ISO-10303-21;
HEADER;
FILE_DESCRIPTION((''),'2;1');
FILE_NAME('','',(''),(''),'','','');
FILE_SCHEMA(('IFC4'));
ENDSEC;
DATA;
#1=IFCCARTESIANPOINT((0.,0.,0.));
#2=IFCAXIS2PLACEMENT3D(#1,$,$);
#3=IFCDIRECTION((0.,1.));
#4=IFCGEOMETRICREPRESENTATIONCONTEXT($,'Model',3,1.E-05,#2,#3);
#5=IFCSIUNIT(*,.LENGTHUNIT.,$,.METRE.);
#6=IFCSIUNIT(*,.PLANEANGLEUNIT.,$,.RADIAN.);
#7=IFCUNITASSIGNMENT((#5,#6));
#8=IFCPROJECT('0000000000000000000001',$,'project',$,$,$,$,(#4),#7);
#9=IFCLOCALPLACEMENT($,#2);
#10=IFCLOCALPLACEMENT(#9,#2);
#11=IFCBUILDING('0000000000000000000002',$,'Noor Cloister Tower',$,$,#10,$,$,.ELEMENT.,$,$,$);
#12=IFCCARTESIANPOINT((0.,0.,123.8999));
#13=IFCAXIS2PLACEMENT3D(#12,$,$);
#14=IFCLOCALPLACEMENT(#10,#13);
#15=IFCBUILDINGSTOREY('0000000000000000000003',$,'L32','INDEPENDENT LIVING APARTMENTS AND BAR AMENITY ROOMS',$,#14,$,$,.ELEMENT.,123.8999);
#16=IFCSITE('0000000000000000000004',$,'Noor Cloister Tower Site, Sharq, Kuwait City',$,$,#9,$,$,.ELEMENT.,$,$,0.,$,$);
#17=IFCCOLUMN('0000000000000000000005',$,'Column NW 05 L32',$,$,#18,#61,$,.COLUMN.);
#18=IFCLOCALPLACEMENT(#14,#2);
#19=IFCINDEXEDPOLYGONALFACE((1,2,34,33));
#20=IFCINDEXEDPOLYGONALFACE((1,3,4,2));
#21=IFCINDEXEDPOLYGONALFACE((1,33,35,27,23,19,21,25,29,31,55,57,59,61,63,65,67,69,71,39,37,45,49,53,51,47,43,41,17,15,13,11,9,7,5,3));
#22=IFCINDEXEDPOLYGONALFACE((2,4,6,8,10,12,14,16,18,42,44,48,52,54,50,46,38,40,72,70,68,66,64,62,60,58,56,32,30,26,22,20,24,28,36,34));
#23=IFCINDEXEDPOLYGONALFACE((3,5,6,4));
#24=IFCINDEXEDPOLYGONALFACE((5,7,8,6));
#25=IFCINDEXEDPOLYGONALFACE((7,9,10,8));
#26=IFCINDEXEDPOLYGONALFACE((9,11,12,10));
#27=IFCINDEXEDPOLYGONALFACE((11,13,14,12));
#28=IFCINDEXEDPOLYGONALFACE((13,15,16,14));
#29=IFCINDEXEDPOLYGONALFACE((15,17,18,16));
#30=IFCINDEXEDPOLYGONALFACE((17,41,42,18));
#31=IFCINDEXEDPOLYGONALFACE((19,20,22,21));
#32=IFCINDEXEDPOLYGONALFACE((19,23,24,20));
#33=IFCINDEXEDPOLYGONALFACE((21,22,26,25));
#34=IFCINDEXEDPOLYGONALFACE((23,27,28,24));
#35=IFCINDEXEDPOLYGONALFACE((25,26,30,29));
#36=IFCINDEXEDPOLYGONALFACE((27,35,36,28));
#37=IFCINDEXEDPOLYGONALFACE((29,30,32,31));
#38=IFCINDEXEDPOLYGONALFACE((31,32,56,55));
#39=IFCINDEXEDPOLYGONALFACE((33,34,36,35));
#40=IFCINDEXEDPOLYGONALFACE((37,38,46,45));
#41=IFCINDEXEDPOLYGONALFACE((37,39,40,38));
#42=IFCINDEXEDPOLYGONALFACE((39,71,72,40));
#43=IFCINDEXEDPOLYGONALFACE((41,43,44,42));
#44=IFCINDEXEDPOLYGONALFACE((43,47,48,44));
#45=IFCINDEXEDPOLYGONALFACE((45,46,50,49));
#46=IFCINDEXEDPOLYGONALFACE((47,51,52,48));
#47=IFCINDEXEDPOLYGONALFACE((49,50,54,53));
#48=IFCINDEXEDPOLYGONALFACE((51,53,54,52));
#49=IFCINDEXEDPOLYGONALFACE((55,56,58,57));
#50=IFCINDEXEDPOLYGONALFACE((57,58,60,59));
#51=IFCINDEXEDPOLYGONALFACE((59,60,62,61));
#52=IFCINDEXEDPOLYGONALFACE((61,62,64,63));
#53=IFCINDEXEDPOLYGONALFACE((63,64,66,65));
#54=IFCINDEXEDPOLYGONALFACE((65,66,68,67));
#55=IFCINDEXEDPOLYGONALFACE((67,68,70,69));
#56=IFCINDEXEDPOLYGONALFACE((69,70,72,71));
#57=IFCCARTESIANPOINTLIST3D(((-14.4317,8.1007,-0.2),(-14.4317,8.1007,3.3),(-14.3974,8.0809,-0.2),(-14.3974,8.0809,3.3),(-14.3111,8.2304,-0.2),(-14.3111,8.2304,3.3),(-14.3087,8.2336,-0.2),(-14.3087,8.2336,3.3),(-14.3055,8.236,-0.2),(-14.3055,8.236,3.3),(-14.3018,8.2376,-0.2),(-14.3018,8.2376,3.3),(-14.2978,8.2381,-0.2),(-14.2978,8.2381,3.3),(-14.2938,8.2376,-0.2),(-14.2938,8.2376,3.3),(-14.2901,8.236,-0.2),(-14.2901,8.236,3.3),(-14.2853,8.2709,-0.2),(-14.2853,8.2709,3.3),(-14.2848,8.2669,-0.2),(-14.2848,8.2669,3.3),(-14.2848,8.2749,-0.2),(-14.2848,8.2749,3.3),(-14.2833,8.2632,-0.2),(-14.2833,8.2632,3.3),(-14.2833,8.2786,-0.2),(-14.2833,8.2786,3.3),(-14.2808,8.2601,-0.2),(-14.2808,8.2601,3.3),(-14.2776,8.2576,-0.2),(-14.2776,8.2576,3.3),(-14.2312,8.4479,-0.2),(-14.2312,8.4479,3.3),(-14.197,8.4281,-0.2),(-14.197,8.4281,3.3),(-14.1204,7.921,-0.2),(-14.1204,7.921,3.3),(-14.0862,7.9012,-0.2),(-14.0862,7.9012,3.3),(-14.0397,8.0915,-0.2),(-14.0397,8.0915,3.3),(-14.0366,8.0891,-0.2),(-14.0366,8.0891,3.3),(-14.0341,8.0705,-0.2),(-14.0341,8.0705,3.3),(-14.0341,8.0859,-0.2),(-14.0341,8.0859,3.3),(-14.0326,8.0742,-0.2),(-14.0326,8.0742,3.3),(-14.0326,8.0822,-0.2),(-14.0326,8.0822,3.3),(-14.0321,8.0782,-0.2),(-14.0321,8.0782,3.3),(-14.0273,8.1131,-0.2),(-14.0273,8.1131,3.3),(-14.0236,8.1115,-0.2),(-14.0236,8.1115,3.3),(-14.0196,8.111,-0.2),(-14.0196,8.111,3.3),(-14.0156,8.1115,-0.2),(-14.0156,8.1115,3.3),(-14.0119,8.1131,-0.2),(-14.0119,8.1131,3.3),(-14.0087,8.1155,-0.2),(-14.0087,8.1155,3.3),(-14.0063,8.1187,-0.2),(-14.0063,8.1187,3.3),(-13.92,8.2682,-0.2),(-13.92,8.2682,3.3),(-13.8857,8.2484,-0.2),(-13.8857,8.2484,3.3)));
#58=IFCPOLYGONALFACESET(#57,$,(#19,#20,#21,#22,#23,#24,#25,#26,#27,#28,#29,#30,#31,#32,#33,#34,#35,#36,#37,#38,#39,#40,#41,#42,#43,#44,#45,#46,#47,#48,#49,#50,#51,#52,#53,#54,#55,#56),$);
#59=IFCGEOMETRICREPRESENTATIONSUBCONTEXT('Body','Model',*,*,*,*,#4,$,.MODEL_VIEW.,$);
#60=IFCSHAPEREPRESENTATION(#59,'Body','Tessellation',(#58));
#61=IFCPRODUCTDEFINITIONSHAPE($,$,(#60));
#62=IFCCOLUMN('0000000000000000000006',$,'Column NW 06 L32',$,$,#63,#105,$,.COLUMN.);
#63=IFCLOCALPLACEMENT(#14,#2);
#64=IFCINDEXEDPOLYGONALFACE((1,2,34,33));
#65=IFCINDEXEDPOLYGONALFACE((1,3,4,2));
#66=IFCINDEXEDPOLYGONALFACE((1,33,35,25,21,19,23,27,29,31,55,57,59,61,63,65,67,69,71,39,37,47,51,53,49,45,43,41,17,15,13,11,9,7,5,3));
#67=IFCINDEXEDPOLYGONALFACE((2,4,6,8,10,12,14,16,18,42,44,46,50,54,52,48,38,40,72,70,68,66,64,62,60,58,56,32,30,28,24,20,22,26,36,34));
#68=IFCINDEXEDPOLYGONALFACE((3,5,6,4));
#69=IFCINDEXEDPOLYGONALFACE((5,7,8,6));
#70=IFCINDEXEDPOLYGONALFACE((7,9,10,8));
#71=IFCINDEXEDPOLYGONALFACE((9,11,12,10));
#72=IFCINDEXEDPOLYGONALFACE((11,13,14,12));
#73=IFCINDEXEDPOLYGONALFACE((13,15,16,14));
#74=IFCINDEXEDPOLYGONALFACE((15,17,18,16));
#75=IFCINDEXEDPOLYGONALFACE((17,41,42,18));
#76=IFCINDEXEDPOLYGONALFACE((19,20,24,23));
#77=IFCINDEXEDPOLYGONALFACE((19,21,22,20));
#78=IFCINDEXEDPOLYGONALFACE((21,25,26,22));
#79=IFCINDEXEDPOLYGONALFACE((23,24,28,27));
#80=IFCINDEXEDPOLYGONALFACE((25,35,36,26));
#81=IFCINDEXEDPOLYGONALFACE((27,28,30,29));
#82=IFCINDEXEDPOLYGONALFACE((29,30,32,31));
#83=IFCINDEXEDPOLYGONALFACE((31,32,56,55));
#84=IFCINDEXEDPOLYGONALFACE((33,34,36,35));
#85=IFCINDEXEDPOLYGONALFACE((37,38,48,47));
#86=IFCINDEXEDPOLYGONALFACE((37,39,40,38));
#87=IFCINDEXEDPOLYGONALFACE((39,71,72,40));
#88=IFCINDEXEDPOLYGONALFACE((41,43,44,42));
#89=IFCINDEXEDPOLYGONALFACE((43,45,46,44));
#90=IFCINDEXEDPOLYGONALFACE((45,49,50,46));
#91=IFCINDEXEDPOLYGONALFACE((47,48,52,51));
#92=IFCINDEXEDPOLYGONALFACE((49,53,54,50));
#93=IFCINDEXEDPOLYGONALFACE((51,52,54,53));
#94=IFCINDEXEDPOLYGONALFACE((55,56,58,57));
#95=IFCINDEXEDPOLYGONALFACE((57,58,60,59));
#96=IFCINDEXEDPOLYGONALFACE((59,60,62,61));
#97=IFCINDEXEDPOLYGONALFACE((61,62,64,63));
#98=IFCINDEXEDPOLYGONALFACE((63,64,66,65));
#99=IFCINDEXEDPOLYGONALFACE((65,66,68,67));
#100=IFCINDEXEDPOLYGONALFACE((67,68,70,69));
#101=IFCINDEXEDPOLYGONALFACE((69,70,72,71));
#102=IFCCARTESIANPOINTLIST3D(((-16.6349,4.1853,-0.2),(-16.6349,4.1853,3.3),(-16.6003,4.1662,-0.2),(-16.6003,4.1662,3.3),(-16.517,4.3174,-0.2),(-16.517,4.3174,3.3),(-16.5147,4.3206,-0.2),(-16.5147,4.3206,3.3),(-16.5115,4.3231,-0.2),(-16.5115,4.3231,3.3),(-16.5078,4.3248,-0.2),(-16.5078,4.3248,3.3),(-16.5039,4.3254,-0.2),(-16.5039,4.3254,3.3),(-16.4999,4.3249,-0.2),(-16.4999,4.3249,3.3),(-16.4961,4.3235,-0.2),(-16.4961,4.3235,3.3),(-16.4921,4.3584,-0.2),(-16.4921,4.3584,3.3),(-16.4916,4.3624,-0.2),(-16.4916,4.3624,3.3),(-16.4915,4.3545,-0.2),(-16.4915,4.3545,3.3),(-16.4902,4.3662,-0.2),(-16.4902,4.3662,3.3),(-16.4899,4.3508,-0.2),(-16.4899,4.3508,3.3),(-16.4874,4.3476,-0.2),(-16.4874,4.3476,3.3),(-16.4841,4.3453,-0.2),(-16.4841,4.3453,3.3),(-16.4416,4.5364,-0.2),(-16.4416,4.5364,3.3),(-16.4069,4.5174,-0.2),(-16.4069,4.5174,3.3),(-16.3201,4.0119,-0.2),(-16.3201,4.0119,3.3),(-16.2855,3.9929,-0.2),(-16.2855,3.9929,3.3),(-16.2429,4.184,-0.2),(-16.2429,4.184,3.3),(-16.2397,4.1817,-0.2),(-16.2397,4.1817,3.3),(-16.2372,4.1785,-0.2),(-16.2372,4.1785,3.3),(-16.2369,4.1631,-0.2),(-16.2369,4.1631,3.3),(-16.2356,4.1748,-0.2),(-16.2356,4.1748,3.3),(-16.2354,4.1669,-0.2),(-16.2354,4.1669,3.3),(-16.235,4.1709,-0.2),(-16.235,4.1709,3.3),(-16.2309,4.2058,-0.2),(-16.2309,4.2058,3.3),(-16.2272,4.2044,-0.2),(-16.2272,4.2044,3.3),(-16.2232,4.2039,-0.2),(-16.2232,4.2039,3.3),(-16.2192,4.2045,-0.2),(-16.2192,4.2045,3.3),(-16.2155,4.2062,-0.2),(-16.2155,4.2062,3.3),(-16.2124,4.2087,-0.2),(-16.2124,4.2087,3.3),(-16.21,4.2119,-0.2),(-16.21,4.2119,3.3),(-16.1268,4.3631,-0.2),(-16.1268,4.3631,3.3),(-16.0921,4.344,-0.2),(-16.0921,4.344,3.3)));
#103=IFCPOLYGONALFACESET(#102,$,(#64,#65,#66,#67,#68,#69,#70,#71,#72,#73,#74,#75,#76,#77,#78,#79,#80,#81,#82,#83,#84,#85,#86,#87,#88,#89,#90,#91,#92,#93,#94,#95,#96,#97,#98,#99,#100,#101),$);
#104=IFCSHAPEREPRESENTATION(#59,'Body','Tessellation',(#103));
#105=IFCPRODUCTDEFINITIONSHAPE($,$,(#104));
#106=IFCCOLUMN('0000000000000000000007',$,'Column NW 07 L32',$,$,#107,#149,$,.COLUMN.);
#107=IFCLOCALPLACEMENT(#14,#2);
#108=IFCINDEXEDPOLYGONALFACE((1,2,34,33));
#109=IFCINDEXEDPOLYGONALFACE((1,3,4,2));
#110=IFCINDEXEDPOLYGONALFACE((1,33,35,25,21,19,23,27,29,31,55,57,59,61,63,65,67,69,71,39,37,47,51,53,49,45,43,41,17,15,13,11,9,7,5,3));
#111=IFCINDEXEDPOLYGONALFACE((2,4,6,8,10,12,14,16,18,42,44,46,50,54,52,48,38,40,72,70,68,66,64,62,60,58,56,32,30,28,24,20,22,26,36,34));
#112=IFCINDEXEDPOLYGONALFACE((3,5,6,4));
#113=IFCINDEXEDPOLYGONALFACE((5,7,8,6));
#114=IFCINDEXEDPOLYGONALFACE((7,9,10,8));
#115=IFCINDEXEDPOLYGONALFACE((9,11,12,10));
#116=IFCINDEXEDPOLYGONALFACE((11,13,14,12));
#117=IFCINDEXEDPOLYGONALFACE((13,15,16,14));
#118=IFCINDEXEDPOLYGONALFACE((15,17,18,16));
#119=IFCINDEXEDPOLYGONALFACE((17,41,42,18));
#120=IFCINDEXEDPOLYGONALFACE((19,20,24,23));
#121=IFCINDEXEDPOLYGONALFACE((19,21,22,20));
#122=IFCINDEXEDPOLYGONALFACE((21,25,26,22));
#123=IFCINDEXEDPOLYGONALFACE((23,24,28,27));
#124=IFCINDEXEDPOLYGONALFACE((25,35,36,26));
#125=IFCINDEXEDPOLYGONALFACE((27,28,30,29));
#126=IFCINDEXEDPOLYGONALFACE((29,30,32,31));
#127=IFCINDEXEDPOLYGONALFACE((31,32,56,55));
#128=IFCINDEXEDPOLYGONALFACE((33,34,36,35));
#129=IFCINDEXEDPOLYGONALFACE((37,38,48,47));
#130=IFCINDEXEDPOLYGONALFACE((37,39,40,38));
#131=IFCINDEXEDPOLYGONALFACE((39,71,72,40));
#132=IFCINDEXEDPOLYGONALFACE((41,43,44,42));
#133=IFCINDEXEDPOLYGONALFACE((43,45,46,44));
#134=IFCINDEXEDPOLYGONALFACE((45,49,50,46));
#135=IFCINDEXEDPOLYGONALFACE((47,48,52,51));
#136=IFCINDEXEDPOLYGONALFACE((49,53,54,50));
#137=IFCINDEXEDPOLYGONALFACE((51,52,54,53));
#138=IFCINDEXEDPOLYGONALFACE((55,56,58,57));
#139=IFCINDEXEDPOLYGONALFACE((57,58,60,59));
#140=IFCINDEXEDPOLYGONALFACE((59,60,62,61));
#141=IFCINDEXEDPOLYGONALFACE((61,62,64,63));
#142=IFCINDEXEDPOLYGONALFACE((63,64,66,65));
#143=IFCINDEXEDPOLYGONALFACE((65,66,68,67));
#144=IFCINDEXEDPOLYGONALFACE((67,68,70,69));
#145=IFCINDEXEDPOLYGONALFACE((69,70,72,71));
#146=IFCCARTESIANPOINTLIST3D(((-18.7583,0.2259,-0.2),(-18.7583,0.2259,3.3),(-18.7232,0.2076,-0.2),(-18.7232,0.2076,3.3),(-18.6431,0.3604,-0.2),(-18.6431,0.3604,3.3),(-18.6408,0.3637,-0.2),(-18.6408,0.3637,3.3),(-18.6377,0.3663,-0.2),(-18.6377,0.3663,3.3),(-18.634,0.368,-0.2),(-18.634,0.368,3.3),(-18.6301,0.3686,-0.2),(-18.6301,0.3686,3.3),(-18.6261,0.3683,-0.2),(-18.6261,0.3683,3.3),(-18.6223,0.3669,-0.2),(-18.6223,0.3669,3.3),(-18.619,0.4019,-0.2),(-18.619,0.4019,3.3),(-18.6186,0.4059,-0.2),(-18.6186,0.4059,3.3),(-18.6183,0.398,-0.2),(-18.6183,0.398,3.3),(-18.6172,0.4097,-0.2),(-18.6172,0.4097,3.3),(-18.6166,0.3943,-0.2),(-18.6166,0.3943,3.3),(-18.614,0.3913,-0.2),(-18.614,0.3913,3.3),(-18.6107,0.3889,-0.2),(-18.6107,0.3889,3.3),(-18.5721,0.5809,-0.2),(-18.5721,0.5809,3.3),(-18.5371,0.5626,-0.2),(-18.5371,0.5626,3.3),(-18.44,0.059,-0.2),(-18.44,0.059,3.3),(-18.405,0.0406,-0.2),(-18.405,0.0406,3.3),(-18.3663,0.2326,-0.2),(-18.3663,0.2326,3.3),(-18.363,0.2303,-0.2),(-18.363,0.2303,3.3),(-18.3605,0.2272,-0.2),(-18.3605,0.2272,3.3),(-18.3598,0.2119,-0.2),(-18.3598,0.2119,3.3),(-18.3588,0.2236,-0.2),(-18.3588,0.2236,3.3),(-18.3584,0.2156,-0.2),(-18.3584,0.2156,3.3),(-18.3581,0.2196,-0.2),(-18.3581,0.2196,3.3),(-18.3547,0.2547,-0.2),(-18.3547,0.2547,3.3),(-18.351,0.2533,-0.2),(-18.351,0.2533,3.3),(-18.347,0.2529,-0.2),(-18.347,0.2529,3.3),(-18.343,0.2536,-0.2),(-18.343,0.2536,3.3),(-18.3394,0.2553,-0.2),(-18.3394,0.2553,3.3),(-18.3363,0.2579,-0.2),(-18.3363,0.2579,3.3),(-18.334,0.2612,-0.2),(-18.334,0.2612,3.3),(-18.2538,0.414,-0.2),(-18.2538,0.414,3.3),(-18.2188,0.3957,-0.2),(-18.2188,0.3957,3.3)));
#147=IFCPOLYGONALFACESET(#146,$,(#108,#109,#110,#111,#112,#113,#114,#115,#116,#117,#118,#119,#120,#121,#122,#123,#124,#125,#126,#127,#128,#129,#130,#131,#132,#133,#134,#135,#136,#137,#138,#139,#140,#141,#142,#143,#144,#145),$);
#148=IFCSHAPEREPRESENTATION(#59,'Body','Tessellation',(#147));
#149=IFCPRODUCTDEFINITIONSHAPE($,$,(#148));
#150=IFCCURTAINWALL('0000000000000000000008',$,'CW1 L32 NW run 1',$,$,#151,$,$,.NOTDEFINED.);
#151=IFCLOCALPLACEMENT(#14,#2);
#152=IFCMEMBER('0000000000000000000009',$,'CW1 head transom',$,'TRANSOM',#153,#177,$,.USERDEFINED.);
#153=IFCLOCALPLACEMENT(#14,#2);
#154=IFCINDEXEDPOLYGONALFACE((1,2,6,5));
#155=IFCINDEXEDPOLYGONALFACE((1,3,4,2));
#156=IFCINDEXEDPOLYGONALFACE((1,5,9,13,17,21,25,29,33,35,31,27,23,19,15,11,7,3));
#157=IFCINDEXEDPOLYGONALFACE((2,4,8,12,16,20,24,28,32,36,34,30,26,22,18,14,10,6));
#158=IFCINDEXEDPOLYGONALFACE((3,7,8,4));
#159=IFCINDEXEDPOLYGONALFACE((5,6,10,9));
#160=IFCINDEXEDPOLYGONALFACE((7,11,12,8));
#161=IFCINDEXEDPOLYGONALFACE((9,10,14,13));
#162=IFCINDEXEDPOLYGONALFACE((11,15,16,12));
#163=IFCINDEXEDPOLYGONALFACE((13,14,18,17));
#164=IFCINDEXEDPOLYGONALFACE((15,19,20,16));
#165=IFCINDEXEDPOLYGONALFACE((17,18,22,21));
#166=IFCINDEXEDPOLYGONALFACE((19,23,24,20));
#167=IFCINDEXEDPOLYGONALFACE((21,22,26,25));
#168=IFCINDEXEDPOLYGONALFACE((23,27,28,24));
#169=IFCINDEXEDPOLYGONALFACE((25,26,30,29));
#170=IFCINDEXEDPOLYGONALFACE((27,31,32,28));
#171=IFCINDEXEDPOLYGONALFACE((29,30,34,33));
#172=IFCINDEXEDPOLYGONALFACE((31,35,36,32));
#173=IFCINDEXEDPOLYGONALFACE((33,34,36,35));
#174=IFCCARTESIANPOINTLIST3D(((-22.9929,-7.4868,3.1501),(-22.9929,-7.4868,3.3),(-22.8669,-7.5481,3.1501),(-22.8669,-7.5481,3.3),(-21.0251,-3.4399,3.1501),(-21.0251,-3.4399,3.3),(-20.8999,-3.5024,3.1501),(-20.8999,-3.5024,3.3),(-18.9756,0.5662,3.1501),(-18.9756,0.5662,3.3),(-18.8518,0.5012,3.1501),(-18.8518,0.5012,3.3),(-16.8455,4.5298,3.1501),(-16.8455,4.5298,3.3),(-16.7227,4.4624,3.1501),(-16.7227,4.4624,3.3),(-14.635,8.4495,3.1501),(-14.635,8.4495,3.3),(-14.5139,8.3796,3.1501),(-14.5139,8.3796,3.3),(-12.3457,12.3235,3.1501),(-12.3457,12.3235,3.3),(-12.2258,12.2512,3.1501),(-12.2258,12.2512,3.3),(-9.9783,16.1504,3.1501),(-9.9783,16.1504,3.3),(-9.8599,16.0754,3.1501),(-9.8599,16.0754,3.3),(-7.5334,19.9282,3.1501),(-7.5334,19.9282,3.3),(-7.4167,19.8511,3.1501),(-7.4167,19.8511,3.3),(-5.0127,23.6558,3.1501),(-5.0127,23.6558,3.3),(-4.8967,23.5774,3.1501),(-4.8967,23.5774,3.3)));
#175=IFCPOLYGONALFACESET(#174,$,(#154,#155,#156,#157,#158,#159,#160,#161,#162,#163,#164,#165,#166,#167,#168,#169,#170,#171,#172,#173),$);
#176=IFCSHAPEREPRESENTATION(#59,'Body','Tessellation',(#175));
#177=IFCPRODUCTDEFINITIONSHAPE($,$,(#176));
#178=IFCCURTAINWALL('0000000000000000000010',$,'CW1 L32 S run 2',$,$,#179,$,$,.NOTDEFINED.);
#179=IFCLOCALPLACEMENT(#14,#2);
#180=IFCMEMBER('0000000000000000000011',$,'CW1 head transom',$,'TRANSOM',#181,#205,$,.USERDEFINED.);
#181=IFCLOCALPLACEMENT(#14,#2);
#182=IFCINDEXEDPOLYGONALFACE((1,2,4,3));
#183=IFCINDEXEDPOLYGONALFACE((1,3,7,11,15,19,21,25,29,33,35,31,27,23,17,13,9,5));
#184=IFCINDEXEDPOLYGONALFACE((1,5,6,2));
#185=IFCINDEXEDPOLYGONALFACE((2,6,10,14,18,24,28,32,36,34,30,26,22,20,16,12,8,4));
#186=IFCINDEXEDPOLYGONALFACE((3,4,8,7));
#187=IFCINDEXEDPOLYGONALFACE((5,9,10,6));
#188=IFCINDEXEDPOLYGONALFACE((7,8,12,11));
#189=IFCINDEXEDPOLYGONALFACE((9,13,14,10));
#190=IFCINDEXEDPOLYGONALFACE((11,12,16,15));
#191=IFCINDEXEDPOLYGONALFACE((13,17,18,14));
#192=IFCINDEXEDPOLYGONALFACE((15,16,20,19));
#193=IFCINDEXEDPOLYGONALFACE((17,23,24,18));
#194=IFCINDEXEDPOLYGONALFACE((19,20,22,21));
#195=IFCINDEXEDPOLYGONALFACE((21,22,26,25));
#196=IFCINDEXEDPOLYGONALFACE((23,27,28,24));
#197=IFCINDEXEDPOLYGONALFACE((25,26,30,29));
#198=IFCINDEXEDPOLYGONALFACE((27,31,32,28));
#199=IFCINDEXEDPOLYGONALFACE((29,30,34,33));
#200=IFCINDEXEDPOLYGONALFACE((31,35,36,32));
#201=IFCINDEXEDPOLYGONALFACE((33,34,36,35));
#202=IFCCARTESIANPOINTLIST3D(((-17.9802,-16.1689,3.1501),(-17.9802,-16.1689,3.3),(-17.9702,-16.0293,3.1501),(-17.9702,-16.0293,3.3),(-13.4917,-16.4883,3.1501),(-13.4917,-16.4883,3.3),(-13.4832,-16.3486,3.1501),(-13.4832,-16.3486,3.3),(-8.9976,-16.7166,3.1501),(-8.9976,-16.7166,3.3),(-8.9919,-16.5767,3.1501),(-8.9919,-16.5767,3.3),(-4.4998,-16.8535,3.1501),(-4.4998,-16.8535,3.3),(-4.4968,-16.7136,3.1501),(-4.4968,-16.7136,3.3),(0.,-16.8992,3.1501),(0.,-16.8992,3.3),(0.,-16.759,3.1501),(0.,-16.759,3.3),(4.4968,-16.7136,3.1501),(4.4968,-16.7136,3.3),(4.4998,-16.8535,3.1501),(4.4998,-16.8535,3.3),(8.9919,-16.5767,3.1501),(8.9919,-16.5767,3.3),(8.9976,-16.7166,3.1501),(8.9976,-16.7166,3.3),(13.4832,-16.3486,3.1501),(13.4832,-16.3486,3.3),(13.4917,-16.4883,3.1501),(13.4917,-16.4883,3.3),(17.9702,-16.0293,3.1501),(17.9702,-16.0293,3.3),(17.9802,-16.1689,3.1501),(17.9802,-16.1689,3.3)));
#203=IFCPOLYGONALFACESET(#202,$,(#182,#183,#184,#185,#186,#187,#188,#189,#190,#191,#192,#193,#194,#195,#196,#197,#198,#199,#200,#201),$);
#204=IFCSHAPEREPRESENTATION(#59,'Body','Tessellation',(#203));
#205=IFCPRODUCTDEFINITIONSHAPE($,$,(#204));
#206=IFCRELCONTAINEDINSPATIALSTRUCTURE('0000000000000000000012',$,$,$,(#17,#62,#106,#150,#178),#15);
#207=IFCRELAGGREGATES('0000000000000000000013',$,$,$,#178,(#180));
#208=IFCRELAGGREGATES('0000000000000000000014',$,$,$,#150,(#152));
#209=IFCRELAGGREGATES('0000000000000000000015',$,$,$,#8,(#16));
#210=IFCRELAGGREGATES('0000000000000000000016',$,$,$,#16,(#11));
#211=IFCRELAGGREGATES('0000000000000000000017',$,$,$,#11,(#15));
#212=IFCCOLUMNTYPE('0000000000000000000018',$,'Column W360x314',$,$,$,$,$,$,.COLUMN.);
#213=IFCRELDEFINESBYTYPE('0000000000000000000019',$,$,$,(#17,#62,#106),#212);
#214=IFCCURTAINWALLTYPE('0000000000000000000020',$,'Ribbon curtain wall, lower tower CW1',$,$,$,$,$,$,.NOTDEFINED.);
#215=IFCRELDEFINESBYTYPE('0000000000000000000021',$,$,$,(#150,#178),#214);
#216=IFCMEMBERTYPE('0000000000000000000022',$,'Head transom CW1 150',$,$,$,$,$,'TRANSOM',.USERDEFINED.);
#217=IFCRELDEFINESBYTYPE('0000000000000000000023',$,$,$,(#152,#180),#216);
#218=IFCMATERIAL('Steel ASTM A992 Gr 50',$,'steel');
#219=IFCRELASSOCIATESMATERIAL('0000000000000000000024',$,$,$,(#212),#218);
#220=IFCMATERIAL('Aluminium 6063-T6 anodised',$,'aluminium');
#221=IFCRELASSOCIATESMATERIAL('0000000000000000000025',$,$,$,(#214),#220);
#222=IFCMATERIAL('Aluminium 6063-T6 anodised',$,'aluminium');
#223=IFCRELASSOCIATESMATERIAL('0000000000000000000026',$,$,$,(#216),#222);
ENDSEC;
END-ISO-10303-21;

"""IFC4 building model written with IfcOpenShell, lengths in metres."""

from ifc_helpers import new_model, si_unit, direction, frame, origin, origin_2d, place, context, subcontext, project, spatial, polyline, i_section, outline, extrude, material, material_profile, profile_set, type_object, element, aggregate, save


model = new_model("IFC4")

# Units and contexts
model_context = context("Model", 3, precision=1e-05, world=origin(), true_north=direction((0.0, 1.0)))
body_context = subcontext(model_context, "Body", "Model", "MODEL_VIEW")
ifc_project = project(units=[si_unit("LENGTHUNIT", "METRE"), si_unit("PLANEANGLEUNIT", "RADIAN")], contexts=[model_context])

# Site, building, storey
site_placement = place(None, origin())
site = spatial("IfcSite", under=ifc_project, at=site_placement, Name="Noor Cloister Tower Site, Sharq, Kuwait City", CompositionType="ELEMENT", RefElevation=0.0)
building_placement = place(site_placement, origin())
building = spatial("IfcBuilding", under=site, at=building_placement, Name="Noor Cloister Tower", CompositionType="ELEMENT")
storey_placement = place(building_placement, frame((0.0, 0.0, 123.8999)))
storey = spatial("IfcBuildingStorey", under=building, at=storey_placement, Name="L32", Description="INDEPENDENT LIVING APARTMENTS AND BAR AMENITY ROOMS", CompositionType="ELEMENT", Elevation=123.8999)

# Columns
ifc_material_1 = material(Name="Steel ASTM A992 Gr 50", Category="steel")
ifc_material_profile_1 = material_profile(ifc_material_1, i_section(OverallWidth=0.4009, OverallDepth=0.3989, WebThickness=0.0249, FlangeThickness=0.0396, FilletRadius=0.0154, at=origin_2d()), Name="W360x314")
ifc_profile_set_1 = profile_set([ifc_material_profile_1], Name="Steel ASTM A992 Gr 50")
column_type = type_object("IfcColumnType", Name="Column W360x314", PredefinedType="COLUMN", material=ifc_profile_set_1)
for number, where, z_axis, x_axis, name in (
    (1, (-14.1587, 8.1746, -0.2), (0.0, 0.0, 1.0), (-0.5, -0.866025, 0.0), "Column NW 05 L32"),
    (2, (-16.3635, 4.2646, -0.2), (0.0, 0.0, 1.0), (-0.482322, -0.875994, 0.0), "Column NW 06 L32"),
    (3, (-18.4885, 0.3108, -0.2), (0.0, 0.0, 1.0), (-0.464446, -0.885601, 0.0), "Column NW 07 L32"),
):
    element("IfcColumn", number, at=place(storey_placement, frame(where, z_axis=z_axis, x_axis=x_axis)), inside=storey, type_object=column_type, Name=name, PredefinedType="COLUMN", context=body_context, shape_type="SweptSolid", body=[
        extrude(i_section(OverallWidth=0.4009, OverallDepth=0.3989, WebThickness=0.0249, FlangeThickness=0.0396, FilletRadius=0.0154, at=origin_2d()), origin(), (0.0, 0.0, 1.0), 3.5),
    ])

# Curtain walls, members
ifc_material_2 = material(Name="Aluminium 6063-T6 anodised", Category="aluminium")
curtain_wall_type = type_object("IfcCurtainWallType", Name="Ribbon curtain wall, lower tower CW1", PredefinedType="NOTDEFINED", material=ifc_material_2)
curtain_wall_1_placement = place(storey_placement, origin())
curtain_wall_1 = element("IfcCurtainWall", 4, at=curtain_wall_1_placement, inside=storey, type_object=curtain_wall_type, Name="CW1 L32 NW run 1", PredefinedType="NOTDEFINED")
ifc_material_3 = material(Name="Aluminium 6063-T6 anodised", Category="aluminium")
member_type_1 = type_object("IfcMemberType", Name="Head transom CW1 150", ElementType="TRANSOM", PredefinedType="USERDEFINED", material=ifc_material_3)
member_1_placement = place(storey_placement, frame((0.0, 0.0, 3.1501)))
member_1 = element("IfcMember", 5, at=member_1_placement, type_object=member_type_1, Name="CW1 head transom", ObjectType="TRANSOM", PredefinedType="USERDEFINED", context=body_context, shape_type="SweptSolid", body=[
    extrude(outline(polyline([(-5.0127, 23.6558), (-7.5334, 19.9282), (-9.9783, 16.1504), (-12.3457, 12.3235), (-14.635, 8.4495), (-16.8455, 4.5298), (-18.9756, 0.5662), (-21.0251, -3.4399), (-22.9929, -7.4868), (-22.8669, -7.5481), (-20.8999, -3.5024), (-18.8518, 0.5012), (-16.7227, 4.4624), (-14.5139, 8.3796), (-12.2258, 12.2512), (-9.8599, 16.0754), (-7.4167, 19.8511), (-4.8967, 23.5774), (-5.0127, 23.6558)])), origin(), (0.0, 0.0, 1.0), 0.1499),
])
curtain_wall_2_placement = place(storey_placement, origin())
curtain_wall_2 = element("IfcCurtainWall", 6, at=curtain_wall_2_placement, inside=storey, type_object=curtain_wall_type, Name="CW1 L32 S run 2", PredefinedType="NOTDEFINED")
member_2_placement = place(storey_placement, frame((0.0, 0.0, 3.1501)))
member_2 = element("IfcMember", 7, at=member_2_placement, type_object=member_type_1, Name="CW1 head transom", ObjectType="TRANSOM", PredefinedType="USERDEFINED", context=body_context, shape_type="SweptSolid", body=[
    extrude(outline(polyline([(-17.9802, -16.1689), (-13.4917, -16.4883), (-8.9976, -16.7166), (-4.4998, -16.8535), (0.0, -16.8992), (4.4998, -16.8535), (8.9976, -16.7166), (13.4917, -16.4883), (17.9802, -16.1689), (17.9702, -16.0293), (13.4832, -16.3486), (8.9919, -16.5767), (4.4968, -16.7136), (0.0, -16.759), (-4.4968, -16.7136), (-8.9919, -16.5767), (-13.4832, -16.3486), (-17.9702, -16.0293), (-17.9802, -16.1689)])), origin(), (0.0, 0.0, 1.0), 0.1499),
])

aggregate(curtain_wall_2, [member_2])

aggregate(curtain_wall_1, [member_1])

save(model, "model.ifc")
